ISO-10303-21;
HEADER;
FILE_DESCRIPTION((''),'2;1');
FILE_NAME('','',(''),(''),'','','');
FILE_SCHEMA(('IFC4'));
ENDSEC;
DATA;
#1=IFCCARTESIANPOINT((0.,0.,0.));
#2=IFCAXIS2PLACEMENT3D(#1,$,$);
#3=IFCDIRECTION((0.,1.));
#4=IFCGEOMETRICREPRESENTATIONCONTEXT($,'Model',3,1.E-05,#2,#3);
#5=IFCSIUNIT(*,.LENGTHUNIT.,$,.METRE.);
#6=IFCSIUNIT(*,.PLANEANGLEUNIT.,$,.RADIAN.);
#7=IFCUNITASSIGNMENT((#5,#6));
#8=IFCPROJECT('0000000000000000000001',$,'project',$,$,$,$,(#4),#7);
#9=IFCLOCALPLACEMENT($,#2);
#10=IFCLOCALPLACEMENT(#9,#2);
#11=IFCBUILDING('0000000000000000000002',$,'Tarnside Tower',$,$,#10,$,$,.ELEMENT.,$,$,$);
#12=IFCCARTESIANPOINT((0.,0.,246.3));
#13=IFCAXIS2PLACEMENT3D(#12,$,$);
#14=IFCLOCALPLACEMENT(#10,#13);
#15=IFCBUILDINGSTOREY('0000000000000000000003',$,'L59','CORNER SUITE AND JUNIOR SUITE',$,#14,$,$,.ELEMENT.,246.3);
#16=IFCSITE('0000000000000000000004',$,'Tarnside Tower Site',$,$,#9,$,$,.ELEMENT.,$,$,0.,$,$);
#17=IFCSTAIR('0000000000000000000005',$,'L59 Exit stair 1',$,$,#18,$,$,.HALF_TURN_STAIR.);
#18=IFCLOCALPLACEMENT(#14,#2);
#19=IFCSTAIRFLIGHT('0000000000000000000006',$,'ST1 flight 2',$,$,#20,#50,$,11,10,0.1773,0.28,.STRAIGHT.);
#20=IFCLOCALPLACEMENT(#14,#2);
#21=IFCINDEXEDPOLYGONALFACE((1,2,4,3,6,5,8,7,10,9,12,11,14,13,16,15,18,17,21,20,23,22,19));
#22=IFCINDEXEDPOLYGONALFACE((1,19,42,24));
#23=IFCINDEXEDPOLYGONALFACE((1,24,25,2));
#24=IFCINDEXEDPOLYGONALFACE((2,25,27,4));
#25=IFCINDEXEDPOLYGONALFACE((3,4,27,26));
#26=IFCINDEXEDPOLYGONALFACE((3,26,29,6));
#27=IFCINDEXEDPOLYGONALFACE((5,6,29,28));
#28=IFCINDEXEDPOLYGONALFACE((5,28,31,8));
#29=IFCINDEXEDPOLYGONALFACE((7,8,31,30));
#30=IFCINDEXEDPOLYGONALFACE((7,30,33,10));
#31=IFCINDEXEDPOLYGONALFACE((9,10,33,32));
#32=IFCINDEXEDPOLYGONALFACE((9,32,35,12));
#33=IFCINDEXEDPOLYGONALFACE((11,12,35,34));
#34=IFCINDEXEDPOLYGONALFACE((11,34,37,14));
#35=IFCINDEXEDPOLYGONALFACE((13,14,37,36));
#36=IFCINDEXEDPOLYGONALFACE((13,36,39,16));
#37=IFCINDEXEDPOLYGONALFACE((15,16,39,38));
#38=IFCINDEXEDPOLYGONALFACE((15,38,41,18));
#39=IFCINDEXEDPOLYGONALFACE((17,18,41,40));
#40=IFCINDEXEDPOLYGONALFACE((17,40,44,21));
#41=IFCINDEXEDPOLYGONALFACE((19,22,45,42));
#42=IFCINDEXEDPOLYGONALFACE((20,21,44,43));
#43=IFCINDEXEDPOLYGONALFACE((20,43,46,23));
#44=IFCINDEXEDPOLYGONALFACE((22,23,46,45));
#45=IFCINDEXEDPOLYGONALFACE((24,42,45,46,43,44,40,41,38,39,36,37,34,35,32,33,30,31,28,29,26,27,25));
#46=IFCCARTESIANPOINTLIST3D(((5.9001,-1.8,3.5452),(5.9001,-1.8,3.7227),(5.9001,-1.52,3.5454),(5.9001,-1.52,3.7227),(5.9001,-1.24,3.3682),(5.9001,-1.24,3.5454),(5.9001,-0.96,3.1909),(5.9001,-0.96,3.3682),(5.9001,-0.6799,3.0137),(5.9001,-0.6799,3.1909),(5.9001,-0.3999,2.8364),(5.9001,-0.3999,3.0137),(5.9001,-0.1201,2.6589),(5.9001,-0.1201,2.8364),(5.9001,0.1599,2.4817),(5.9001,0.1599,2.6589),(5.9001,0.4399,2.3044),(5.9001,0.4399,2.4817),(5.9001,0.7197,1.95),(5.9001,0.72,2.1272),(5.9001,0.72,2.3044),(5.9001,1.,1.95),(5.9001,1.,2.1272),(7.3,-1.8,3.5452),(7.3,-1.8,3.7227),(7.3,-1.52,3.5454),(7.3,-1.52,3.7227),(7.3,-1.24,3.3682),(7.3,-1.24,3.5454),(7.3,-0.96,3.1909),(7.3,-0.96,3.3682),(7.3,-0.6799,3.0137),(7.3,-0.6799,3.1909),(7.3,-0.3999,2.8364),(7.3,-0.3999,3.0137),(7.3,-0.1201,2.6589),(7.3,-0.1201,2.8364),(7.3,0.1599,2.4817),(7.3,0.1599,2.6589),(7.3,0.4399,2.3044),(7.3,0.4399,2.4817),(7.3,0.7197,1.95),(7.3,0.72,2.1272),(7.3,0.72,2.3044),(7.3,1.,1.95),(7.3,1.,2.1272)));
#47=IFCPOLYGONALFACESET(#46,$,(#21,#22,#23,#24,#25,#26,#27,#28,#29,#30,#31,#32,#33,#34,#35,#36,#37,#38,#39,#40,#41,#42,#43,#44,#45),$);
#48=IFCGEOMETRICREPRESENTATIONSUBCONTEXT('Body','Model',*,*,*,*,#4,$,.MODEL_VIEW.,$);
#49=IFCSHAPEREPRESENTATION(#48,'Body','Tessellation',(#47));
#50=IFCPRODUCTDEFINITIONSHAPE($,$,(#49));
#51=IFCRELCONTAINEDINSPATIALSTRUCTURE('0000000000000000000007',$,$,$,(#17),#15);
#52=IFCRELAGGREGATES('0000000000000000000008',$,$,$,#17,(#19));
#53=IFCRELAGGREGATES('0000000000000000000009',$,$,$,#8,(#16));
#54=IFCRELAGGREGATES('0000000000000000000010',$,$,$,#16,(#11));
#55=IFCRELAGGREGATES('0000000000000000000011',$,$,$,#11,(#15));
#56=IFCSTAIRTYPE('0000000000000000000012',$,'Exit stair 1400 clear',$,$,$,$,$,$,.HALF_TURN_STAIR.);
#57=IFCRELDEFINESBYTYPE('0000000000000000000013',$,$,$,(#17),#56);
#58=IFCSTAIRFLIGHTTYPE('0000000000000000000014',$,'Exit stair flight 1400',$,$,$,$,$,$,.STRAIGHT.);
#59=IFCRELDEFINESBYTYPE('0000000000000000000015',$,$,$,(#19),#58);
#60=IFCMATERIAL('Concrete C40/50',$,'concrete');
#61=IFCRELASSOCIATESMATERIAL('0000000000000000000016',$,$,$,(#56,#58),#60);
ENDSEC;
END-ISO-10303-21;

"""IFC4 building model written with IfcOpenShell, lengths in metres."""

from ifc_helpers import new_model, si_unit, direction, frame, origin, place, context, subcontext, project, spatial, polyline, outline, extrude, material, type_object, element, aggregate, save


model = new_model("IFC4")

# Units and contexts
model_context = context("Model", 3, precision=1e-05, world=origin(), true_north=direction((0.0, 1.0)))
body_context = subcontext(model_context, "Body", "Model", "MODEL_VIEW")
ifc_project = project(units=[si_unit("LENGTHUNIT", "METRE"), si_unit("PLANEANGLEUNIT", "RADIAN")], contexts=[model_context])

# Site, building, storey
site_placement = place(None, origin())
site = spatial("IfcSite", under=ifc_project, at=site_placement, Name="Tarnside Tower Site", CompositionType="ELEMENT", RefElevation=0.0)
building_placement = place(site_placement, origin())
building = spatial("IfcBuilding", under=site, at=building_placement, Name="Tarnside Tower", CompositionType="ELEMENT")
storey_placement = place(building_placement, frame((0.0, 0.0, 246.3)))
storey = spatial("IfcBuildingStorey", under=building, at=storey_placement, Name="L59", Description="CORNER SUITE AND JUNIOR SUITE", CompositionType="ELEMENT", Elevation=246.3)

# Shared definitions
ifc_material_1 = material(Name="Concrete C40/50", Category="concrete")

# Stair, stair flight
stair_type = type_object("IfcStairType", Name="Exit stair 1400 clear", PredefinedType="HALF_TURN_STAIR", material=ifc_material_1)
stair_placement = place(storey_placement, origin())
stair = element("IfcStair", 1, at=stair_placement, inside=storey, type_object=stair_type, Name="L59 Exit stair 1", PredefinedType="HALF_TURN_STAIR")
stair_flight_type = type_object("IfcStairFlightType", Name="Exit stair flight 1400", PredefinedType="STRAIGHT", material=ifc_material_1)
stair_flight_placement = place(storey_placement, frame((6.6001, 1.0, 1.95), z_axis=(0.0, 0.0, 1.0), x_axis=(0.0, -1.0, 0.0)))
stair_flight = element("IfcStairFlight", 2, at=stair_flight_placement, type_object=stair_flight_type, Name="ST1 flight 2", NumberOfRisers=11, NumberOfTreads=10, PredefinedType="STRAIGHT", RiserHeight=0.1773, TreadLength=0.28, context=body_context, shape_type="SweptSolid", body=[
    extrude(outline(polyline([(0.0, 0.0), (0.0, 0.1772), (0.28, 0.1772), (0.28, 0.3545), (0.5601, 0.3545), (0.5601, 0.5317), (0.8401, 0.5317), (0.8401, 0.709), (1.1201, 0.709), (1.1201, 0.8865), (1.3999, 0.8865), (1.3999, 1.0637), (1.6799, 1.0637), (1.6799, 1.241), (1.96, 1.241), (1.96, 1.4182), (2.24, 1.4182), (2.24, 1.5955), (2.52, 1.5955), (2.52, 1.7727), (2.8, 1.7727), (2.8, 1.95), (2.8, 1.5952), (0.2803, 0.0), (0.0, 0.0)])), frame((0.0, 0.7, 0.0), z_axis=(0.0, -1.0, 0.0), x_axis=(1.0, 0.0, 0.0)), (0.0, 0.0, 1.0), 1.3999),
])
aggregate(stair, [stair_flight])

save(model, "model.ifc")
